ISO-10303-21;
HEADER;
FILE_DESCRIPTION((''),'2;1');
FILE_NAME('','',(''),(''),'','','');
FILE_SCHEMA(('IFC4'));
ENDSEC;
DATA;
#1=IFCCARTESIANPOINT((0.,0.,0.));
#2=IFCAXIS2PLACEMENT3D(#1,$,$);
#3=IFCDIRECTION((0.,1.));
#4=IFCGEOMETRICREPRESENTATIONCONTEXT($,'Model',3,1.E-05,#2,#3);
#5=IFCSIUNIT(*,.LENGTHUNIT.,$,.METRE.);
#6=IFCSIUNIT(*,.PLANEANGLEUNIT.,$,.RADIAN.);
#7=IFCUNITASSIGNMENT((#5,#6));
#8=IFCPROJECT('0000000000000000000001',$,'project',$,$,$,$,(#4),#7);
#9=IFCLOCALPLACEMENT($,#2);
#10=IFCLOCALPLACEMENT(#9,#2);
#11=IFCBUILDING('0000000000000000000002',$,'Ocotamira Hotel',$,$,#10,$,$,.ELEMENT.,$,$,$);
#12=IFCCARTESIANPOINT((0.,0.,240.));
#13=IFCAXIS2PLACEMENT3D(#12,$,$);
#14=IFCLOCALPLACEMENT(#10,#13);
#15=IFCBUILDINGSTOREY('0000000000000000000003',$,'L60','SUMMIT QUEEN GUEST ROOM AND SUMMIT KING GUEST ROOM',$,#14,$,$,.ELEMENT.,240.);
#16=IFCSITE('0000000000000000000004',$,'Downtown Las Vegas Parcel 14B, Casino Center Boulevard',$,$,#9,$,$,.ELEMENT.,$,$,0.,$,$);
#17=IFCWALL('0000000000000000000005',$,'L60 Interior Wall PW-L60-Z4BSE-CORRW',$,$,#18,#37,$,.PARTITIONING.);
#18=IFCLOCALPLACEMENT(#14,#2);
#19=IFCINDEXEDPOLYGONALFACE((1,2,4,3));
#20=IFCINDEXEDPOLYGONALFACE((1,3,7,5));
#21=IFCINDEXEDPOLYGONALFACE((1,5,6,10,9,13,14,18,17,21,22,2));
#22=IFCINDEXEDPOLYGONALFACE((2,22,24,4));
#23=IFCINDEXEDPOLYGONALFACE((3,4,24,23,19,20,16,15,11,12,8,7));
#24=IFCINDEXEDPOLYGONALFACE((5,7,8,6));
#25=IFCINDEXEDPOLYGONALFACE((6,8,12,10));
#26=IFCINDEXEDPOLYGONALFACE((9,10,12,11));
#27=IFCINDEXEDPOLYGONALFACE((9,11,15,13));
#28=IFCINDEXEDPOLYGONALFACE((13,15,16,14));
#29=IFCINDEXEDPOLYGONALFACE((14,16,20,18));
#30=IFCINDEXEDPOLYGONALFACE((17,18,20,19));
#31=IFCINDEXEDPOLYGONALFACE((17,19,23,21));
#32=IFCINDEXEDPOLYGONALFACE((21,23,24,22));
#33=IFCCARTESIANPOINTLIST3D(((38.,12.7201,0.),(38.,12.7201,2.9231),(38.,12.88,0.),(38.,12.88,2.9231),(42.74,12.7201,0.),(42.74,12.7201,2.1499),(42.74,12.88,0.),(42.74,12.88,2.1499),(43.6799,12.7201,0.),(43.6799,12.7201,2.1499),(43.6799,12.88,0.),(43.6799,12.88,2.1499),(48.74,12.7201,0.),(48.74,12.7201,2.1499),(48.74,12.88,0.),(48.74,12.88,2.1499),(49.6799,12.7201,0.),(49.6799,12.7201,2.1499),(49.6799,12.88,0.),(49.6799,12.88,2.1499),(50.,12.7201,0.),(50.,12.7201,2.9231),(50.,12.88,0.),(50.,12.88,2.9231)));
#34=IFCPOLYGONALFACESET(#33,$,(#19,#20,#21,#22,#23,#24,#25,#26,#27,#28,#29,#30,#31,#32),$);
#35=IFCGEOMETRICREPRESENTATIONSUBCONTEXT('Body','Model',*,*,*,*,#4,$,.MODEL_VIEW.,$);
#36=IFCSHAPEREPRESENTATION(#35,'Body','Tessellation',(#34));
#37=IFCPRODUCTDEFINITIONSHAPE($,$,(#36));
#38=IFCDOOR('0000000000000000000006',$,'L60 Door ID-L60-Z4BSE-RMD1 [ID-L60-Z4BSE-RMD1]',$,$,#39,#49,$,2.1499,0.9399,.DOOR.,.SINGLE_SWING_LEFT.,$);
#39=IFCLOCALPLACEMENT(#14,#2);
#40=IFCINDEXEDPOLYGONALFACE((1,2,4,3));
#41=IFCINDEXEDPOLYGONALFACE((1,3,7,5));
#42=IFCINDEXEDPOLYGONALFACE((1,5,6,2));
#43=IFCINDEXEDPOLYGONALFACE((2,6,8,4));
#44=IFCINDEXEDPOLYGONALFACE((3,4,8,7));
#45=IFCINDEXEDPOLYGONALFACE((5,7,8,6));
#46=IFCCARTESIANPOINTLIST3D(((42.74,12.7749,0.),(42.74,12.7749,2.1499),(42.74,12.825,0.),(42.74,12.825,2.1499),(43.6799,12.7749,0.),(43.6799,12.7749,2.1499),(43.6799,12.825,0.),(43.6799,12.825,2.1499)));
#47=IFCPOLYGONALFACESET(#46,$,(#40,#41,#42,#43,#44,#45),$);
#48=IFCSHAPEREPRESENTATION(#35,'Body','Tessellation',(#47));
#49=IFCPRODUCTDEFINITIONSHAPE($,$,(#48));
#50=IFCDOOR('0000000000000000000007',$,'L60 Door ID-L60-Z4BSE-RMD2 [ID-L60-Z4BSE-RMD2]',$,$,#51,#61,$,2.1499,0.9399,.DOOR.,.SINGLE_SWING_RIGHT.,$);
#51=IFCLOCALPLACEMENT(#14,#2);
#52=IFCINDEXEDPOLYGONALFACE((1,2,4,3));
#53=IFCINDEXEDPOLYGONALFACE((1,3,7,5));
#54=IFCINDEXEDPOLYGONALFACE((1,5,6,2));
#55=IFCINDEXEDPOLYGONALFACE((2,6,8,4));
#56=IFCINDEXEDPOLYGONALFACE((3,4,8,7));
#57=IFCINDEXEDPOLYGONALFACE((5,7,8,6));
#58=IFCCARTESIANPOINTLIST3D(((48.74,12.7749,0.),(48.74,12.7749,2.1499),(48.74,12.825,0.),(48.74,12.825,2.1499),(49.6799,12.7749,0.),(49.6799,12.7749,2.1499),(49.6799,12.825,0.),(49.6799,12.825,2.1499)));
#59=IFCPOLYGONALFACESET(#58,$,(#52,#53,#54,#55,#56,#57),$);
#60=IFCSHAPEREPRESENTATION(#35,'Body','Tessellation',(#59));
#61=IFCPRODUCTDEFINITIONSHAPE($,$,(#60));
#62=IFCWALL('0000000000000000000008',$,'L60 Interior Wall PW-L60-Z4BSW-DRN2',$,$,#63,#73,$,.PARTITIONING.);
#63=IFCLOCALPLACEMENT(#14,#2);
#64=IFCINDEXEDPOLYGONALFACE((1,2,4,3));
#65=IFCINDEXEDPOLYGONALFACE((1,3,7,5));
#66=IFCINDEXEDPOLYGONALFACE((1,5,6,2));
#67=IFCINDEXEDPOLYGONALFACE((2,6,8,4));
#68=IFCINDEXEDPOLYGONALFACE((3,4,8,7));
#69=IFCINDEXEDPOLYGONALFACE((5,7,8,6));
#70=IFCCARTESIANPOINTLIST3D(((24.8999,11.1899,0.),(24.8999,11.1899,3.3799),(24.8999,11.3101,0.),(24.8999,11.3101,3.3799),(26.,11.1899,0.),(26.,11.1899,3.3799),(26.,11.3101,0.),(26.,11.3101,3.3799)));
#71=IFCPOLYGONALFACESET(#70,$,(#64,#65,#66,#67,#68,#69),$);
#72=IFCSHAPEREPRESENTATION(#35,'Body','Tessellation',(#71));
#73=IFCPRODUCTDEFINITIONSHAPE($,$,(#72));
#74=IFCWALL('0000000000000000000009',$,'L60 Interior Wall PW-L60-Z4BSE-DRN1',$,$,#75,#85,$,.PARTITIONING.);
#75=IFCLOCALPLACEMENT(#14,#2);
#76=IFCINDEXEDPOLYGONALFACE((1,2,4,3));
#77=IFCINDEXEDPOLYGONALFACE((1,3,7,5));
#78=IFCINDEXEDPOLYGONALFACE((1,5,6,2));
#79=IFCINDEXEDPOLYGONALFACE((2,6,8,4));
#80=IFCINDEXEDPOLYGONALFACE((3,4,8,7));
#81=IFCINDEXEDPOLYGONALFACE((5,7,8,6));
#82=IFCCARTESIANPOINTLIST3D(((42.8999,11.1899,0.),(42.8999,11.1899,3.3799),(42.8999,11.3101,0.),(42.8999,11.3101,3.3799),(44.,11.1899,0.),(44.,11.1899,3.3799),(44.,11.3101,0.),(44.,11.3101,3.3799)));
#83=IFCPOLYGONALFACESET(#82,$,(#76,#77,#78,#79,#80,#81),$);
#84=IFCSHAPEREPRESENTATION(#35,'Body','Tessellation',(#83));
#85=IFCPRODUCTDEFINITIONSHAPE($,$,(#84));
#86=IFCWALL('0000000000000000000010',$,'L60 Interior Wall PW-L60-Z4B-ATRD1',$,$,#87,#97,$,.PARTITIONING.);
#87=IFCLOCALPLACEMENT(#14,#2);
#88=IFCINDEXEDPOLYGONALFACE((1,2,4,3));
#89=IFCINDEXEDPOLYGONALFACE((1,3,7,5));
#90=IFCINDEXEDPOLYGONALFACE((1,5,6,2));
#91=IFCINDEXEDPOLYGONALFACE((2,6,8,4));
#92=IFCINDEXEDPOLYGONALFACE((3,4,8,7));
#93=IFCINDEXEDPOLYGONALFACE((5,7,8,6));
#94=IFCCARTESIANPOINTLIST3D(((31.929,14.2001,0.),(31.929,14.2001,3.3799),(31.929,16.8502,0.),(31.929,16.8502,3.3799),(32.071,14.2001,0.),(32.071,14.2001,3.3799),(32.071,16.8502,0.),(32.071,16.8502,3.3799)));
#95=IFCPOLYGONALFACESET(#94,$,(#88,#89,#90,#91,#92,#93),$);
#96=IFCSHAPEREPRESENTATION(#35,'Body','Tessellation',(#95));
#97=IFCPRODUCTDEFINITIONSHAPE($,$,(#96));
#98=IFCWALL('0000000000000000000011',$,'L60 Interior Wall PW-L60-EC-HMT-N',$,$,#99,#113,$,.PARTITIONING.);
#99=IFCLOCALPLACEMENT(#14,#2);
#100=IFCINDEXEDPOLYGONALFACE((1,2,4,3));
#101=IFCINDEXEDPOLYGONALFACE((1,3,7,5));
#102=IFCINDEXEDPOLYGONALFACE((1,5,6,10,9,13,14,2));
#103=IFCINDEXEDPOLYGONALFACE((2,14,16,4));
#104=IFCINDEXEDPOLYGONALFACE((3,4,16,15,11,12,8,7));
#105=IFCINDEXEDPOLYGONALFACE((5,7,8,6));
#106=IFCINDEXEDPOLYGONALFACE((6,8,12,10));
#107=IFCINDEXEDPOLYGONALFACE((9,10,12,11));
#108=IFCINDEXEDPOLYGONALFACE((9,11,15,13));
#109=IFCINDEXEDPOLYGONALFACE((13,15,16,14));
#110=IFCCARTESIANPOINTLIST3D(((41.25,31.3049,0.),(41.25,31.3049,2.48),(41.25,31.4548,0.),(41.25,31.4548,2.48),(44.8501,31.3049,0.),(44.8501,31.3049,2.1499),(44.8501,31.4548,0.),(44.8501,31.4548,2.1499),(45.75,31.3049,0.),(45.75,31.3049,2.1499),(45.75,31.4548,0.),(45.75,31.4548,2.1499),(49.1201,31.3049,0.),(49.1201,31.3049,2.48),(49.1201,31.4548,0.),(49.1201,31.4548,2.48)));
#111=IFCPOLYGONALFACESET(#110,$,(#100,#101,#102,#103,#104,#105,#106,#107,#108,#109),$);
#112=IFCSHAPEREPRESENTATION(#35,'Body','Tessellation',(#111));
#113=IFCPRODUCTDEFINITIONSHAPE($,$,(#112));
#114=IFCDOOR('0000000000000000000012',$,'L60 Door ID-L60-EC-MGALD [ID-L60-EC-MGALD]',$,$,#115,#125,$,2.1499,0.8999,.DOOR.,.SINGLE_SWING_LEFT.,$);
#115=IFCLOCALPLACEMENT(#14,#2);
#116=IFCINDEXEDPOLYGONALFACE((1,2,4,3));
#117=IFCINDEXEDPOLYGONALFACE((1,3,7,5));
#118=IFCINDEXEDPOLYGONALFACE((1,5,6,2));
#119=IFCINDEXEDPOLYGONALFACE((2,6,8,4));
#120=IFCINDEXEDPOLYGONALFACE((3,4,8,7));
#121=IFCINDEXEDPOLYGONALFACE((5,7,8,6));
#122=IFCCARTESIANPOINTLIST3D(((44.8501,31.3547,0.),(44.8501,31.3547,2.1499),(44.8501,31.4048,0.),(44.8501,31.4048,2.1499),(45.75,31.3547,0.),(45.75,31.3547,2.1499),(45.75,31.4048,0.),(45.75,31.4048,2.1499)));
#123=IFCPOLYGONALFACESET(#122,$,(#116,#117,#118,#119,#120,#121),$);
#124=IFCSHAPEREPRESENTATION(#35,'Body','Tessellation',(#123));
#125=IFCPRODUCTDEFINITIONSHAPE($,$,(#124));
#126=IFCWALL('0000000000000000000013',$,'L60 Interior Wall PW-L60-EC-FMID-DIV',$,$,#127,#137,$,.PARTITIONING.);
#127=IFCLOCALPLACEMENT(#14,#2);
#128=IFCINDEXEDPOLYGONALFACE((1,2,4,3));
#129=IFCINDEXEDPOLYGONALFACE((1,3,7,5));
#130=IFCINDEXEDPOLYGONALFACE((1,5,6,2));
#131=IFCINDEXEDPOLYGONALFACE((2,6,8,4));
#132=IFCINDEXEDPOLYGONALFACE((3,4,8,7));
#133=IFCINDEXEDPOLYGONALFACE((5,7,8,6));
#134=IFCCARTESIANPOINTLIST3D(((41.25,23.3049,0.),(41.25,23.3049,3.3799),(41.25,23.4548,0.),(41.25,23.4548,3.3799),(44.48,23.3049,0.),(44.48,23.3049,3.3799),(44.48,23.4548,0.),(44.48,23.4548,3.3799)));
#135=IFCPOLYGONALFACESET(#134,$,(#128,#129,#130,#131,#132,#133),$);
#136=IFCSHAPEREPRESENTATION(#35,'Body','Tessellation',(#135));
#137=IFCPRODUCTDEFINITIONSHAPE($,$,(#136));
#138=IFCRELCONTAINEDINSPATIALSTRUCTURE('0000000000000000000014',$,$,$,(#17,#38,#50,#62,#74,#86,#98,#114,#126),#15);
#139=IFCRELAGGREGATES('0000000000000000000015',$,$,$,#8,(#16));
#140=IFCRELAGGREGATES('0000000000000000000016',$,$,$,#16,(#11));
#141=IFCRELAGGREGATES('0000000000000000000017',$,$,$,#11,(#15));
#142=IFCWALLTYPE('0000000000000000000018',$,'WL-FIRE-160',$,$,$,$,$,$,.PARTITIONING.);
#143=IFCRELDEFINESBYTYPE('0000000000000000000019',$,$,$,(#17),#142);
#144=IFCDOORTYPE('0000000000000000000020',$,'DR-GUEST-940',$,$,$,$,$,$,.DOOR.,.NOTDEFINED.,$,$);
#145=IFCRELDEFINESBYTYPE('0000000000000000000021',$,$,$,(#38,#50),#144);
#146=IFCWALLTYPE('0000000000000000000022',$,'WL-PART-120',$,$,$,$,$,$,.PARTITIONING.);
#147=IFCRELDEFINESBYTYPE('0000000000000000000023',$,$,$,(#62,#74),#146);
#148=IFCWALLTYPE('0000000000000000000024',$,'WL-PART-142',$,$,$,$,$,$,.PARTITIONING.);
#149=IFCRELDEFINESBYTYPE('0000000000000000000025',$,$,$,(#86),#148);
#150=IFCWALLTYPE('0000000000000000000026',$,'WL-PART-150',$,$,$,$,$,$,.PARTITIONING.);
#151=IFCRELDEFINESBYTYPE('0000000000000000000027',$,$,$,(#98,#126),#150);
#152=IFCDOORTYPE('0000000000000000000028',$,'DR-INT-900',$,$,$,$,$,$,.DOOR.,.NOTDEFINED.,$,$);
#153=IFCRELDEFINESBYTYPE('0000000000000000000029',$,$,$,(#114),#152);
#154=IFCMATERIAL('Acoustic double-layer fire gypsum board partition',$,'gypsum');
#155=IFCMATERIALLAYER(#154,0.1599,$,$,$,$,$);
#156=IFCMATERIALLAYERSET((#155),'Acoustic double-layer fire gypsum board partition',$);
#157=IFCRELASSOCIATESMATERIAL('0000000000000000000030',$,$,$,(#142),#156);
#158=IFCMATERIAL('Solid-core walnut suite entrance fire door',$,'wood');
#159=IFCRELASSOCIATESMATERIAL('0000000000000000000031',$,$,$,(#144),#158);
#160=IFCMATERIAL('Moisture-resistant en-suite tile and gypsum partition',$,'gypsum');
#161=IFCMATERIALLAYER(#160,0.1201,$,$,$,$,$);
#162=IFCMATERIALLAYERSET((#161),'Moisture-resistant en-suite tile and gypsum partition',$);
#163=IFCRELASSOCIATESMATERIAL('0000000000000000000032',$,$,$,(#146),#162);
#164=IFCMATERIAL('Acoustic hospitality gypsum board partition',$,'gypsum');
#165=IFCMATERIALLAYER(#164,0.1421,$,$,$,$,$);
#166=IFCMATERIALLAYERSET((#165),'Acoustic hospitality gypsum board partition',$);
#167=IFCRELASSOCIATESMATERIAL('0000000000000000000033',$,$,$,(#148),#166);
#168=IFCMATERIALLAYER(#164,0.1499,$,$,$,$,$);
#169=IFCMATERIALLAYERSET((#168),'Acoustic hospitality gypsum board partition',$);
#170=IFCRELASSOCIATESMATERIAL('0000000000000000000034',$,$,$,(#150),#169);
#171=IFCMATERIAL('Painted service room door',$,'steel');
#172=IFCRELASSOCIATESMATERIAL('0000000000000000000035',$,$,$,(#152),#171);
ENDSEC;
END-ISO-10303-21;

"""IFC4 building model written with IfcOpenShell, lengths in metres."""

from ifc_helpers import new_model, si_unit, direction, frame, frame_2d, origin, place, context, subcontext, project, spatial, rectangle, extrude, source, transform, mapped, material, layer, layer_set, type_object, element, fill, save


model = new_model("IFC4")

# Units and contexts
model_context = context("Model", 3, precision=1e-05, world=origin(), true_north=direction((0.0, 1.0)))
body_context = subcontext(model_context, "Body", "Model", "MODEL_VIEW")
ifc_project = project(units=[si_unit("LENGTHUNIT", "METRE"), si_unit("PLANEANGLEUNIT", "RADIAN")], contexts=[model_context])

# Site, building, storey
site_placement = place(None, origin())
site = spatial("IfcSite", under=ifc_project, at=site_placement, Name="Downtown Las Vegas Parcel 14B, Casino Center Boulevard", CompositionType="ELEMENT", RefElevation=0.0)
building_placement = place(site_placement, origin())
building = spatial("IfcBuilding", under=site, at=building_placement, Name="Ocotamira Hotel", CompositionType="ELEMENT")
storey_placement = place(building_placement, frame((0.0, 0.0, 240.0)))
storey = spatial("IfcBuildingStorey", under=building, at=storey_placement, Name="L60", Description="SUMMIT QUEEN GUEST ROOM AND SUMMIT KING GUEST ROOM", CompositionType="ELEMENT", Elevation=240.0)

# Shared definitions
ifc_material_1 = material(Name="Acoustic double-layer fire gypsum board partition", Category="gypsum")
ifc_layer_1 = layer(ifc_material_1, 0.1599)
ifc_layer_set_1 = layer_set([ifc_layer_1], Name="Acoustic double-layer fire gypsum board partition")
wall_type_1 = type_object("IfcWallType", Name="WL-FIRE-160", PredefinedType="PARTITIONING", material=ifc_layer_set_1)

# Wall, openings, doors
wall_1_placement = place(storey_placement, frame((38.0, 12.8, 0.0), z_axis=(0.0, 0.0, 1.0), x_axis=(1.0, 0.0, 0.0)))
wall_1 = element("IfcWall", 1, at=wall_1_placement, inside=storey, type_object=wall_type_1, Name="L60 Interior Wall PW-L60-Z4BSE-CORRW", PredefinedType="PARTITIONING", context=body_context, shape_type="SweptSolid", body=[
    extrude(rectangle(XDim=12.0, YDim=0.1599, at=frame_2d((6.0, 0.0))), origin(), (0.0, 0.0, 1.0), 2.9231),
])
opening_1_placement = place(wall_1_placement, frame((4.74, 0.0, 0.0)))
opening_1 = element("IfcOpeningElement", 2, at=opening_1_placement, cuts=wall_1, PredefinedType="OPENING", context=body_context, shape_type="SweptSolid", body=[
    extrude(rectangle(XDim=0.9399, YDim=2.1499, at=frame_2d((0.47, 1.075))), frame((0.0, 0.0898, 0.0), z_axis=(0.0, -1.0, 0.0), x_axis=(1.0, 0.0, 0.0)), (0.0, 0.0, 1.0), 0.1799),
])
opening_2_placement = place(wall_1_placement, frame((10.74, 0.0, 0.0)))
opening_2 = element("IfcOpeningElement", 3, at=opening_2_placement, cuts=wall_1, PredefinedType="OPENING", context=body_context, shape_type="SweptSolid", body=[
    extrude(rectangle(XDim=0.9399, YDim=2.1499, at=frame_2d((0.47, 1.075))), frame((0.0, 0.0898, 0.0), z_axis=(0.0, -1.0, 0.0), x_axis=(1.0, 0.0, 0.0)), (0.0, 0.0, 1.0), 0.1799),
])
ifc_material_2 = material(Name="Solid-core walnut suite entrance fire door", Category="wood")
door_type_1 = type_object("IfcDoorType", Name="DR-GUEST-940", OperationType="NOTDEFINED", PredefinedType="DOOR", material=ifc_material_2)
shared_shape_1 = source(origin(), body_context, "Body", "SweptSolid", [
    extrude(rectangle(XDim=0.9399, YDim=2.1499, at=frame_2d((0.47, 1.075))), frame((0.0, 0.0249, 0.0), z_axis=(0.0, -1.0, 0.0), x_axis=(1.0, 0.0, 0.0)), (0.0, 0.0, 1.0), 0.05),
])
door_1_placement = place(opening_1_placement, origin())
door_1 = element("IfcDoor", 4, at=door_1_placement, inside=storey, type_object=door_type_1, Name="L60 Door ID-L60-Z4BSE-RMD1 [ID-L60-Z4BSE-RMD1]", OperationType="SINGLE_SWING_LEFT", OverallHeight=2.1499, OverallWidth=0.9399, PredefinedType="DOOR", context=body_context, shape_type="MappedRepresentation", body=[
    mapped(shared_shape_1, transform((0.0, 0.0, 0.0), scale=1.0)),
])
fill(opening_1, door_1)
door_2_placement = place(opening_2_placement, origin())
door_2 = element("IfcDoor", 5, at=door_2_placement, inside=storey, type_object=door_type_1, Name="L60 Door ID-L60-Z4BSE-RMD2 [ID-L60-Z4BSE-RMD2]", OperationType="SINGLE_SWING_RIGHT", OverallHeight=2.1499, OverallWidth=0.9399, PredefinedType="DOOR", context=body_context, shape_type="MappedRepresentation", body=[
    mapped(shared_shape_1, transform((0.0, 0.0, 0.0), scale=1.0)),
])
fill(opening_2, door_2)

# Walls
ifc_material_3 = material(Name="Moisture-resistant en-suite tile and gypsum partition", Category="gypsum")
ifc_layer_2 = layer(ifc_material_3, 0.1201)
ifc_layer_set_2 = layer_set([ifc_layer_2], Name="Moisture-resistant en-suite tile and gypsum partition")
wall_type_2 = type_object("IfcWallType", Name="WL-PART-120", PredefinedType="PARTITIONING", material=ifc_layer_set_2)
for number, where, z_axis, x_axis, name in (
    (6, (24.8999, 11.25, 0.0), (0.0, 0.0, 1.0), (1.0, 0.0, 0.0), "L60 Interior Wall PW-L60-Z4BSW-DRN2"),
    (7, (42.8999, 11.25, 0.0), (0.0, 0.0, 1.0), (1.0, 0.0, 0.0), "L60 Interior Wall PW-L60-Z4BSE-DRN1"),
):
    element("IfcWall", number, at=place(storey_placement, frame(where, z_axis=z_axis, x_axis=x_axis)), inside=storey, type_object=wall_type_2, Name=name, PredefinedType="PARTITIONING", context=body_context, shape_type="SweptSolid", body=[
        extrude(rectangle(XDim=1.1001, YDim=0.1201, at=frame_2d((0.55, 0.0))), origin(), (0.0, 0.0, 1.0), 3.3799),
    ])
ifc_material_4 = material(Name="Acoustic hospitality gypsum board partition", Category="gypsum")
ifc_layer_3 = layer(ifc_material_4, 0.1421)
ifc_layer_set_3 = layer_set([ifc_layer_3], Name="Acoustic hospitality gypsum board partition")
wall_type_3 = type_object("IfcWallType", Name="WL-PART-142", PredefinedType="PARTITIONING", material=ifc_layer_set_3)
wall_2_placement = place(storey_placement, frame((32.0, 14.2, 0.0), z_axis=(0.0, 0.0, 1.0), x_axis=(0.0, 1.0, 0.0)))
element("IfcWall", 8, at=wall_2_placement, inside=storey, type_object=wall_type_3, Name="L60 Interior Wall PW-L60-Z4B-ATRD1", PredefinedType="PARTITIONING", context=body_context, shape_type="SweptSolid", body=[
    extrude(rectangle(XDim=2.6501, YDim=0.1421, at=frame_2d((1.3252, 0.0))), origin(), (0.0, 0.0, 1.0), 3.3799),
])

# Wall, opening, door
ifc_layer_4 = layer(ifc_material_4, 0.1499)
ifc_layer_set_4 = layer_set([ifc_layer_4], Name="Acoustic hospitality gypsum board partition")
wall_type_4 = type_object("IfcWallType", Name="WL-PART-150", PredefinedType="PARTITIONING", material=ifc_layer_set_4)
wall_3_placement = place(storey_placement, frame((41.25, 31.3799, 0.0), z_axis=(0.0, 0.0, 1.0), x_axis=(1.0, 0.0, 0.0)))
wall_3 = element("IfcWall", 9, at=wall_3_placement, inside=storey, type_object=wall_type_4, Name="L60 Interior Wall PW-L60-EC-HMT-N", PredefinedType="PARTITIONING", context=body_context, shape_type="SweptSolid", body=[
    extrude(rectangle(XDim=7.8701, YDim=0.1499, at=frame_2d((3.9351, 0.0))), origin(), (0.0, 0.0, 1.0), 2.48),
])
opening_3_placement = place(wall_3_placement, frame((3.6001, 0.0, 0.0)))
opening_3 = element("IfcOpeningElement", 10, at=opening_3_placement, cuts=wall_3, PredefinedType="OPENING", context=body_context, shape_type="SweptSolid", body=[
    extrude(rectangle(XDim=0.8999, YDim=2.1499, at=frame_2d((0.45, 1.075))), frame((0.0, 0.085, 0.0), z_axis=(0.0, -1.0, 0.0), x_axis=(1.0, 0.0, 0.0)), (0.0, 0.0, 1.0), 0.1699),
])
ifc_material_5 = material(Name="Painted service room door", Category="steel")
door_type_2 = type_object("IfcDoorType", Name="DR-INT-900", OperationType="NOTDEFINED", PredefinedType="DOOR", material=ifc_material_5)
shared_shape_2 = source(origin(), body_context, "Body", "SweptSolid", [
    extrude(rectangle(XDim=0.8999, YDim=2.1499, at=frame_2d((0.45, 1.075))), frame((0.0, 0.0249, 0.0), z_axis=(0.0, -1.0, 0.0), x_axis=(1.0, 0.0, 0.0)), (0.0, 0.0, 1.0), 0.05),
])
door_3_placement = place(opening_3_placement, origin())
door_3 = element("IfcDoor", 11, at=door_3_placement, inside=storey, type_object=door_type_2, Name="L60 Door ID-L60-EC-MGALD [ID-L60-EC-MGALD]", OperationType="SINGLE_SWING_LEFT", OverallHeight=2.1499, OverallWidth=0.8999, PredefinedType="DOOR", context=body_context, shape_type="MappedRepresentation", body=[
    mapped(shared_shape_2, transform((0.0, 0.0, 0.0), scale=1.0)),
])
fill(opening_3, door_3)

# Wall
wall_4_placement = place(storey_placement, frame((41.25, 23.3799, 0.0), z_axis=(0.0, 0.0, 1.0), x_axis=(1.0, 0.0, 0.0)))
element("IfcWall", 12, at=wall_4_placement, inside=storey, type_object=wall_type_4, Name="L60 Interior Wall PW-L60-EC-FMID-DIV", PredefinedType="PARTITIONING", context=body_context, shape_type="SweptSolid", body=[
    extrude(rectangle(XDim=3.23, YDim=0.1499, at=frame_2d((1.615, 0.0))), origin(), (0.0, 0.0, 1.0), 3.3799),
])

save(model, "model.ifc")
